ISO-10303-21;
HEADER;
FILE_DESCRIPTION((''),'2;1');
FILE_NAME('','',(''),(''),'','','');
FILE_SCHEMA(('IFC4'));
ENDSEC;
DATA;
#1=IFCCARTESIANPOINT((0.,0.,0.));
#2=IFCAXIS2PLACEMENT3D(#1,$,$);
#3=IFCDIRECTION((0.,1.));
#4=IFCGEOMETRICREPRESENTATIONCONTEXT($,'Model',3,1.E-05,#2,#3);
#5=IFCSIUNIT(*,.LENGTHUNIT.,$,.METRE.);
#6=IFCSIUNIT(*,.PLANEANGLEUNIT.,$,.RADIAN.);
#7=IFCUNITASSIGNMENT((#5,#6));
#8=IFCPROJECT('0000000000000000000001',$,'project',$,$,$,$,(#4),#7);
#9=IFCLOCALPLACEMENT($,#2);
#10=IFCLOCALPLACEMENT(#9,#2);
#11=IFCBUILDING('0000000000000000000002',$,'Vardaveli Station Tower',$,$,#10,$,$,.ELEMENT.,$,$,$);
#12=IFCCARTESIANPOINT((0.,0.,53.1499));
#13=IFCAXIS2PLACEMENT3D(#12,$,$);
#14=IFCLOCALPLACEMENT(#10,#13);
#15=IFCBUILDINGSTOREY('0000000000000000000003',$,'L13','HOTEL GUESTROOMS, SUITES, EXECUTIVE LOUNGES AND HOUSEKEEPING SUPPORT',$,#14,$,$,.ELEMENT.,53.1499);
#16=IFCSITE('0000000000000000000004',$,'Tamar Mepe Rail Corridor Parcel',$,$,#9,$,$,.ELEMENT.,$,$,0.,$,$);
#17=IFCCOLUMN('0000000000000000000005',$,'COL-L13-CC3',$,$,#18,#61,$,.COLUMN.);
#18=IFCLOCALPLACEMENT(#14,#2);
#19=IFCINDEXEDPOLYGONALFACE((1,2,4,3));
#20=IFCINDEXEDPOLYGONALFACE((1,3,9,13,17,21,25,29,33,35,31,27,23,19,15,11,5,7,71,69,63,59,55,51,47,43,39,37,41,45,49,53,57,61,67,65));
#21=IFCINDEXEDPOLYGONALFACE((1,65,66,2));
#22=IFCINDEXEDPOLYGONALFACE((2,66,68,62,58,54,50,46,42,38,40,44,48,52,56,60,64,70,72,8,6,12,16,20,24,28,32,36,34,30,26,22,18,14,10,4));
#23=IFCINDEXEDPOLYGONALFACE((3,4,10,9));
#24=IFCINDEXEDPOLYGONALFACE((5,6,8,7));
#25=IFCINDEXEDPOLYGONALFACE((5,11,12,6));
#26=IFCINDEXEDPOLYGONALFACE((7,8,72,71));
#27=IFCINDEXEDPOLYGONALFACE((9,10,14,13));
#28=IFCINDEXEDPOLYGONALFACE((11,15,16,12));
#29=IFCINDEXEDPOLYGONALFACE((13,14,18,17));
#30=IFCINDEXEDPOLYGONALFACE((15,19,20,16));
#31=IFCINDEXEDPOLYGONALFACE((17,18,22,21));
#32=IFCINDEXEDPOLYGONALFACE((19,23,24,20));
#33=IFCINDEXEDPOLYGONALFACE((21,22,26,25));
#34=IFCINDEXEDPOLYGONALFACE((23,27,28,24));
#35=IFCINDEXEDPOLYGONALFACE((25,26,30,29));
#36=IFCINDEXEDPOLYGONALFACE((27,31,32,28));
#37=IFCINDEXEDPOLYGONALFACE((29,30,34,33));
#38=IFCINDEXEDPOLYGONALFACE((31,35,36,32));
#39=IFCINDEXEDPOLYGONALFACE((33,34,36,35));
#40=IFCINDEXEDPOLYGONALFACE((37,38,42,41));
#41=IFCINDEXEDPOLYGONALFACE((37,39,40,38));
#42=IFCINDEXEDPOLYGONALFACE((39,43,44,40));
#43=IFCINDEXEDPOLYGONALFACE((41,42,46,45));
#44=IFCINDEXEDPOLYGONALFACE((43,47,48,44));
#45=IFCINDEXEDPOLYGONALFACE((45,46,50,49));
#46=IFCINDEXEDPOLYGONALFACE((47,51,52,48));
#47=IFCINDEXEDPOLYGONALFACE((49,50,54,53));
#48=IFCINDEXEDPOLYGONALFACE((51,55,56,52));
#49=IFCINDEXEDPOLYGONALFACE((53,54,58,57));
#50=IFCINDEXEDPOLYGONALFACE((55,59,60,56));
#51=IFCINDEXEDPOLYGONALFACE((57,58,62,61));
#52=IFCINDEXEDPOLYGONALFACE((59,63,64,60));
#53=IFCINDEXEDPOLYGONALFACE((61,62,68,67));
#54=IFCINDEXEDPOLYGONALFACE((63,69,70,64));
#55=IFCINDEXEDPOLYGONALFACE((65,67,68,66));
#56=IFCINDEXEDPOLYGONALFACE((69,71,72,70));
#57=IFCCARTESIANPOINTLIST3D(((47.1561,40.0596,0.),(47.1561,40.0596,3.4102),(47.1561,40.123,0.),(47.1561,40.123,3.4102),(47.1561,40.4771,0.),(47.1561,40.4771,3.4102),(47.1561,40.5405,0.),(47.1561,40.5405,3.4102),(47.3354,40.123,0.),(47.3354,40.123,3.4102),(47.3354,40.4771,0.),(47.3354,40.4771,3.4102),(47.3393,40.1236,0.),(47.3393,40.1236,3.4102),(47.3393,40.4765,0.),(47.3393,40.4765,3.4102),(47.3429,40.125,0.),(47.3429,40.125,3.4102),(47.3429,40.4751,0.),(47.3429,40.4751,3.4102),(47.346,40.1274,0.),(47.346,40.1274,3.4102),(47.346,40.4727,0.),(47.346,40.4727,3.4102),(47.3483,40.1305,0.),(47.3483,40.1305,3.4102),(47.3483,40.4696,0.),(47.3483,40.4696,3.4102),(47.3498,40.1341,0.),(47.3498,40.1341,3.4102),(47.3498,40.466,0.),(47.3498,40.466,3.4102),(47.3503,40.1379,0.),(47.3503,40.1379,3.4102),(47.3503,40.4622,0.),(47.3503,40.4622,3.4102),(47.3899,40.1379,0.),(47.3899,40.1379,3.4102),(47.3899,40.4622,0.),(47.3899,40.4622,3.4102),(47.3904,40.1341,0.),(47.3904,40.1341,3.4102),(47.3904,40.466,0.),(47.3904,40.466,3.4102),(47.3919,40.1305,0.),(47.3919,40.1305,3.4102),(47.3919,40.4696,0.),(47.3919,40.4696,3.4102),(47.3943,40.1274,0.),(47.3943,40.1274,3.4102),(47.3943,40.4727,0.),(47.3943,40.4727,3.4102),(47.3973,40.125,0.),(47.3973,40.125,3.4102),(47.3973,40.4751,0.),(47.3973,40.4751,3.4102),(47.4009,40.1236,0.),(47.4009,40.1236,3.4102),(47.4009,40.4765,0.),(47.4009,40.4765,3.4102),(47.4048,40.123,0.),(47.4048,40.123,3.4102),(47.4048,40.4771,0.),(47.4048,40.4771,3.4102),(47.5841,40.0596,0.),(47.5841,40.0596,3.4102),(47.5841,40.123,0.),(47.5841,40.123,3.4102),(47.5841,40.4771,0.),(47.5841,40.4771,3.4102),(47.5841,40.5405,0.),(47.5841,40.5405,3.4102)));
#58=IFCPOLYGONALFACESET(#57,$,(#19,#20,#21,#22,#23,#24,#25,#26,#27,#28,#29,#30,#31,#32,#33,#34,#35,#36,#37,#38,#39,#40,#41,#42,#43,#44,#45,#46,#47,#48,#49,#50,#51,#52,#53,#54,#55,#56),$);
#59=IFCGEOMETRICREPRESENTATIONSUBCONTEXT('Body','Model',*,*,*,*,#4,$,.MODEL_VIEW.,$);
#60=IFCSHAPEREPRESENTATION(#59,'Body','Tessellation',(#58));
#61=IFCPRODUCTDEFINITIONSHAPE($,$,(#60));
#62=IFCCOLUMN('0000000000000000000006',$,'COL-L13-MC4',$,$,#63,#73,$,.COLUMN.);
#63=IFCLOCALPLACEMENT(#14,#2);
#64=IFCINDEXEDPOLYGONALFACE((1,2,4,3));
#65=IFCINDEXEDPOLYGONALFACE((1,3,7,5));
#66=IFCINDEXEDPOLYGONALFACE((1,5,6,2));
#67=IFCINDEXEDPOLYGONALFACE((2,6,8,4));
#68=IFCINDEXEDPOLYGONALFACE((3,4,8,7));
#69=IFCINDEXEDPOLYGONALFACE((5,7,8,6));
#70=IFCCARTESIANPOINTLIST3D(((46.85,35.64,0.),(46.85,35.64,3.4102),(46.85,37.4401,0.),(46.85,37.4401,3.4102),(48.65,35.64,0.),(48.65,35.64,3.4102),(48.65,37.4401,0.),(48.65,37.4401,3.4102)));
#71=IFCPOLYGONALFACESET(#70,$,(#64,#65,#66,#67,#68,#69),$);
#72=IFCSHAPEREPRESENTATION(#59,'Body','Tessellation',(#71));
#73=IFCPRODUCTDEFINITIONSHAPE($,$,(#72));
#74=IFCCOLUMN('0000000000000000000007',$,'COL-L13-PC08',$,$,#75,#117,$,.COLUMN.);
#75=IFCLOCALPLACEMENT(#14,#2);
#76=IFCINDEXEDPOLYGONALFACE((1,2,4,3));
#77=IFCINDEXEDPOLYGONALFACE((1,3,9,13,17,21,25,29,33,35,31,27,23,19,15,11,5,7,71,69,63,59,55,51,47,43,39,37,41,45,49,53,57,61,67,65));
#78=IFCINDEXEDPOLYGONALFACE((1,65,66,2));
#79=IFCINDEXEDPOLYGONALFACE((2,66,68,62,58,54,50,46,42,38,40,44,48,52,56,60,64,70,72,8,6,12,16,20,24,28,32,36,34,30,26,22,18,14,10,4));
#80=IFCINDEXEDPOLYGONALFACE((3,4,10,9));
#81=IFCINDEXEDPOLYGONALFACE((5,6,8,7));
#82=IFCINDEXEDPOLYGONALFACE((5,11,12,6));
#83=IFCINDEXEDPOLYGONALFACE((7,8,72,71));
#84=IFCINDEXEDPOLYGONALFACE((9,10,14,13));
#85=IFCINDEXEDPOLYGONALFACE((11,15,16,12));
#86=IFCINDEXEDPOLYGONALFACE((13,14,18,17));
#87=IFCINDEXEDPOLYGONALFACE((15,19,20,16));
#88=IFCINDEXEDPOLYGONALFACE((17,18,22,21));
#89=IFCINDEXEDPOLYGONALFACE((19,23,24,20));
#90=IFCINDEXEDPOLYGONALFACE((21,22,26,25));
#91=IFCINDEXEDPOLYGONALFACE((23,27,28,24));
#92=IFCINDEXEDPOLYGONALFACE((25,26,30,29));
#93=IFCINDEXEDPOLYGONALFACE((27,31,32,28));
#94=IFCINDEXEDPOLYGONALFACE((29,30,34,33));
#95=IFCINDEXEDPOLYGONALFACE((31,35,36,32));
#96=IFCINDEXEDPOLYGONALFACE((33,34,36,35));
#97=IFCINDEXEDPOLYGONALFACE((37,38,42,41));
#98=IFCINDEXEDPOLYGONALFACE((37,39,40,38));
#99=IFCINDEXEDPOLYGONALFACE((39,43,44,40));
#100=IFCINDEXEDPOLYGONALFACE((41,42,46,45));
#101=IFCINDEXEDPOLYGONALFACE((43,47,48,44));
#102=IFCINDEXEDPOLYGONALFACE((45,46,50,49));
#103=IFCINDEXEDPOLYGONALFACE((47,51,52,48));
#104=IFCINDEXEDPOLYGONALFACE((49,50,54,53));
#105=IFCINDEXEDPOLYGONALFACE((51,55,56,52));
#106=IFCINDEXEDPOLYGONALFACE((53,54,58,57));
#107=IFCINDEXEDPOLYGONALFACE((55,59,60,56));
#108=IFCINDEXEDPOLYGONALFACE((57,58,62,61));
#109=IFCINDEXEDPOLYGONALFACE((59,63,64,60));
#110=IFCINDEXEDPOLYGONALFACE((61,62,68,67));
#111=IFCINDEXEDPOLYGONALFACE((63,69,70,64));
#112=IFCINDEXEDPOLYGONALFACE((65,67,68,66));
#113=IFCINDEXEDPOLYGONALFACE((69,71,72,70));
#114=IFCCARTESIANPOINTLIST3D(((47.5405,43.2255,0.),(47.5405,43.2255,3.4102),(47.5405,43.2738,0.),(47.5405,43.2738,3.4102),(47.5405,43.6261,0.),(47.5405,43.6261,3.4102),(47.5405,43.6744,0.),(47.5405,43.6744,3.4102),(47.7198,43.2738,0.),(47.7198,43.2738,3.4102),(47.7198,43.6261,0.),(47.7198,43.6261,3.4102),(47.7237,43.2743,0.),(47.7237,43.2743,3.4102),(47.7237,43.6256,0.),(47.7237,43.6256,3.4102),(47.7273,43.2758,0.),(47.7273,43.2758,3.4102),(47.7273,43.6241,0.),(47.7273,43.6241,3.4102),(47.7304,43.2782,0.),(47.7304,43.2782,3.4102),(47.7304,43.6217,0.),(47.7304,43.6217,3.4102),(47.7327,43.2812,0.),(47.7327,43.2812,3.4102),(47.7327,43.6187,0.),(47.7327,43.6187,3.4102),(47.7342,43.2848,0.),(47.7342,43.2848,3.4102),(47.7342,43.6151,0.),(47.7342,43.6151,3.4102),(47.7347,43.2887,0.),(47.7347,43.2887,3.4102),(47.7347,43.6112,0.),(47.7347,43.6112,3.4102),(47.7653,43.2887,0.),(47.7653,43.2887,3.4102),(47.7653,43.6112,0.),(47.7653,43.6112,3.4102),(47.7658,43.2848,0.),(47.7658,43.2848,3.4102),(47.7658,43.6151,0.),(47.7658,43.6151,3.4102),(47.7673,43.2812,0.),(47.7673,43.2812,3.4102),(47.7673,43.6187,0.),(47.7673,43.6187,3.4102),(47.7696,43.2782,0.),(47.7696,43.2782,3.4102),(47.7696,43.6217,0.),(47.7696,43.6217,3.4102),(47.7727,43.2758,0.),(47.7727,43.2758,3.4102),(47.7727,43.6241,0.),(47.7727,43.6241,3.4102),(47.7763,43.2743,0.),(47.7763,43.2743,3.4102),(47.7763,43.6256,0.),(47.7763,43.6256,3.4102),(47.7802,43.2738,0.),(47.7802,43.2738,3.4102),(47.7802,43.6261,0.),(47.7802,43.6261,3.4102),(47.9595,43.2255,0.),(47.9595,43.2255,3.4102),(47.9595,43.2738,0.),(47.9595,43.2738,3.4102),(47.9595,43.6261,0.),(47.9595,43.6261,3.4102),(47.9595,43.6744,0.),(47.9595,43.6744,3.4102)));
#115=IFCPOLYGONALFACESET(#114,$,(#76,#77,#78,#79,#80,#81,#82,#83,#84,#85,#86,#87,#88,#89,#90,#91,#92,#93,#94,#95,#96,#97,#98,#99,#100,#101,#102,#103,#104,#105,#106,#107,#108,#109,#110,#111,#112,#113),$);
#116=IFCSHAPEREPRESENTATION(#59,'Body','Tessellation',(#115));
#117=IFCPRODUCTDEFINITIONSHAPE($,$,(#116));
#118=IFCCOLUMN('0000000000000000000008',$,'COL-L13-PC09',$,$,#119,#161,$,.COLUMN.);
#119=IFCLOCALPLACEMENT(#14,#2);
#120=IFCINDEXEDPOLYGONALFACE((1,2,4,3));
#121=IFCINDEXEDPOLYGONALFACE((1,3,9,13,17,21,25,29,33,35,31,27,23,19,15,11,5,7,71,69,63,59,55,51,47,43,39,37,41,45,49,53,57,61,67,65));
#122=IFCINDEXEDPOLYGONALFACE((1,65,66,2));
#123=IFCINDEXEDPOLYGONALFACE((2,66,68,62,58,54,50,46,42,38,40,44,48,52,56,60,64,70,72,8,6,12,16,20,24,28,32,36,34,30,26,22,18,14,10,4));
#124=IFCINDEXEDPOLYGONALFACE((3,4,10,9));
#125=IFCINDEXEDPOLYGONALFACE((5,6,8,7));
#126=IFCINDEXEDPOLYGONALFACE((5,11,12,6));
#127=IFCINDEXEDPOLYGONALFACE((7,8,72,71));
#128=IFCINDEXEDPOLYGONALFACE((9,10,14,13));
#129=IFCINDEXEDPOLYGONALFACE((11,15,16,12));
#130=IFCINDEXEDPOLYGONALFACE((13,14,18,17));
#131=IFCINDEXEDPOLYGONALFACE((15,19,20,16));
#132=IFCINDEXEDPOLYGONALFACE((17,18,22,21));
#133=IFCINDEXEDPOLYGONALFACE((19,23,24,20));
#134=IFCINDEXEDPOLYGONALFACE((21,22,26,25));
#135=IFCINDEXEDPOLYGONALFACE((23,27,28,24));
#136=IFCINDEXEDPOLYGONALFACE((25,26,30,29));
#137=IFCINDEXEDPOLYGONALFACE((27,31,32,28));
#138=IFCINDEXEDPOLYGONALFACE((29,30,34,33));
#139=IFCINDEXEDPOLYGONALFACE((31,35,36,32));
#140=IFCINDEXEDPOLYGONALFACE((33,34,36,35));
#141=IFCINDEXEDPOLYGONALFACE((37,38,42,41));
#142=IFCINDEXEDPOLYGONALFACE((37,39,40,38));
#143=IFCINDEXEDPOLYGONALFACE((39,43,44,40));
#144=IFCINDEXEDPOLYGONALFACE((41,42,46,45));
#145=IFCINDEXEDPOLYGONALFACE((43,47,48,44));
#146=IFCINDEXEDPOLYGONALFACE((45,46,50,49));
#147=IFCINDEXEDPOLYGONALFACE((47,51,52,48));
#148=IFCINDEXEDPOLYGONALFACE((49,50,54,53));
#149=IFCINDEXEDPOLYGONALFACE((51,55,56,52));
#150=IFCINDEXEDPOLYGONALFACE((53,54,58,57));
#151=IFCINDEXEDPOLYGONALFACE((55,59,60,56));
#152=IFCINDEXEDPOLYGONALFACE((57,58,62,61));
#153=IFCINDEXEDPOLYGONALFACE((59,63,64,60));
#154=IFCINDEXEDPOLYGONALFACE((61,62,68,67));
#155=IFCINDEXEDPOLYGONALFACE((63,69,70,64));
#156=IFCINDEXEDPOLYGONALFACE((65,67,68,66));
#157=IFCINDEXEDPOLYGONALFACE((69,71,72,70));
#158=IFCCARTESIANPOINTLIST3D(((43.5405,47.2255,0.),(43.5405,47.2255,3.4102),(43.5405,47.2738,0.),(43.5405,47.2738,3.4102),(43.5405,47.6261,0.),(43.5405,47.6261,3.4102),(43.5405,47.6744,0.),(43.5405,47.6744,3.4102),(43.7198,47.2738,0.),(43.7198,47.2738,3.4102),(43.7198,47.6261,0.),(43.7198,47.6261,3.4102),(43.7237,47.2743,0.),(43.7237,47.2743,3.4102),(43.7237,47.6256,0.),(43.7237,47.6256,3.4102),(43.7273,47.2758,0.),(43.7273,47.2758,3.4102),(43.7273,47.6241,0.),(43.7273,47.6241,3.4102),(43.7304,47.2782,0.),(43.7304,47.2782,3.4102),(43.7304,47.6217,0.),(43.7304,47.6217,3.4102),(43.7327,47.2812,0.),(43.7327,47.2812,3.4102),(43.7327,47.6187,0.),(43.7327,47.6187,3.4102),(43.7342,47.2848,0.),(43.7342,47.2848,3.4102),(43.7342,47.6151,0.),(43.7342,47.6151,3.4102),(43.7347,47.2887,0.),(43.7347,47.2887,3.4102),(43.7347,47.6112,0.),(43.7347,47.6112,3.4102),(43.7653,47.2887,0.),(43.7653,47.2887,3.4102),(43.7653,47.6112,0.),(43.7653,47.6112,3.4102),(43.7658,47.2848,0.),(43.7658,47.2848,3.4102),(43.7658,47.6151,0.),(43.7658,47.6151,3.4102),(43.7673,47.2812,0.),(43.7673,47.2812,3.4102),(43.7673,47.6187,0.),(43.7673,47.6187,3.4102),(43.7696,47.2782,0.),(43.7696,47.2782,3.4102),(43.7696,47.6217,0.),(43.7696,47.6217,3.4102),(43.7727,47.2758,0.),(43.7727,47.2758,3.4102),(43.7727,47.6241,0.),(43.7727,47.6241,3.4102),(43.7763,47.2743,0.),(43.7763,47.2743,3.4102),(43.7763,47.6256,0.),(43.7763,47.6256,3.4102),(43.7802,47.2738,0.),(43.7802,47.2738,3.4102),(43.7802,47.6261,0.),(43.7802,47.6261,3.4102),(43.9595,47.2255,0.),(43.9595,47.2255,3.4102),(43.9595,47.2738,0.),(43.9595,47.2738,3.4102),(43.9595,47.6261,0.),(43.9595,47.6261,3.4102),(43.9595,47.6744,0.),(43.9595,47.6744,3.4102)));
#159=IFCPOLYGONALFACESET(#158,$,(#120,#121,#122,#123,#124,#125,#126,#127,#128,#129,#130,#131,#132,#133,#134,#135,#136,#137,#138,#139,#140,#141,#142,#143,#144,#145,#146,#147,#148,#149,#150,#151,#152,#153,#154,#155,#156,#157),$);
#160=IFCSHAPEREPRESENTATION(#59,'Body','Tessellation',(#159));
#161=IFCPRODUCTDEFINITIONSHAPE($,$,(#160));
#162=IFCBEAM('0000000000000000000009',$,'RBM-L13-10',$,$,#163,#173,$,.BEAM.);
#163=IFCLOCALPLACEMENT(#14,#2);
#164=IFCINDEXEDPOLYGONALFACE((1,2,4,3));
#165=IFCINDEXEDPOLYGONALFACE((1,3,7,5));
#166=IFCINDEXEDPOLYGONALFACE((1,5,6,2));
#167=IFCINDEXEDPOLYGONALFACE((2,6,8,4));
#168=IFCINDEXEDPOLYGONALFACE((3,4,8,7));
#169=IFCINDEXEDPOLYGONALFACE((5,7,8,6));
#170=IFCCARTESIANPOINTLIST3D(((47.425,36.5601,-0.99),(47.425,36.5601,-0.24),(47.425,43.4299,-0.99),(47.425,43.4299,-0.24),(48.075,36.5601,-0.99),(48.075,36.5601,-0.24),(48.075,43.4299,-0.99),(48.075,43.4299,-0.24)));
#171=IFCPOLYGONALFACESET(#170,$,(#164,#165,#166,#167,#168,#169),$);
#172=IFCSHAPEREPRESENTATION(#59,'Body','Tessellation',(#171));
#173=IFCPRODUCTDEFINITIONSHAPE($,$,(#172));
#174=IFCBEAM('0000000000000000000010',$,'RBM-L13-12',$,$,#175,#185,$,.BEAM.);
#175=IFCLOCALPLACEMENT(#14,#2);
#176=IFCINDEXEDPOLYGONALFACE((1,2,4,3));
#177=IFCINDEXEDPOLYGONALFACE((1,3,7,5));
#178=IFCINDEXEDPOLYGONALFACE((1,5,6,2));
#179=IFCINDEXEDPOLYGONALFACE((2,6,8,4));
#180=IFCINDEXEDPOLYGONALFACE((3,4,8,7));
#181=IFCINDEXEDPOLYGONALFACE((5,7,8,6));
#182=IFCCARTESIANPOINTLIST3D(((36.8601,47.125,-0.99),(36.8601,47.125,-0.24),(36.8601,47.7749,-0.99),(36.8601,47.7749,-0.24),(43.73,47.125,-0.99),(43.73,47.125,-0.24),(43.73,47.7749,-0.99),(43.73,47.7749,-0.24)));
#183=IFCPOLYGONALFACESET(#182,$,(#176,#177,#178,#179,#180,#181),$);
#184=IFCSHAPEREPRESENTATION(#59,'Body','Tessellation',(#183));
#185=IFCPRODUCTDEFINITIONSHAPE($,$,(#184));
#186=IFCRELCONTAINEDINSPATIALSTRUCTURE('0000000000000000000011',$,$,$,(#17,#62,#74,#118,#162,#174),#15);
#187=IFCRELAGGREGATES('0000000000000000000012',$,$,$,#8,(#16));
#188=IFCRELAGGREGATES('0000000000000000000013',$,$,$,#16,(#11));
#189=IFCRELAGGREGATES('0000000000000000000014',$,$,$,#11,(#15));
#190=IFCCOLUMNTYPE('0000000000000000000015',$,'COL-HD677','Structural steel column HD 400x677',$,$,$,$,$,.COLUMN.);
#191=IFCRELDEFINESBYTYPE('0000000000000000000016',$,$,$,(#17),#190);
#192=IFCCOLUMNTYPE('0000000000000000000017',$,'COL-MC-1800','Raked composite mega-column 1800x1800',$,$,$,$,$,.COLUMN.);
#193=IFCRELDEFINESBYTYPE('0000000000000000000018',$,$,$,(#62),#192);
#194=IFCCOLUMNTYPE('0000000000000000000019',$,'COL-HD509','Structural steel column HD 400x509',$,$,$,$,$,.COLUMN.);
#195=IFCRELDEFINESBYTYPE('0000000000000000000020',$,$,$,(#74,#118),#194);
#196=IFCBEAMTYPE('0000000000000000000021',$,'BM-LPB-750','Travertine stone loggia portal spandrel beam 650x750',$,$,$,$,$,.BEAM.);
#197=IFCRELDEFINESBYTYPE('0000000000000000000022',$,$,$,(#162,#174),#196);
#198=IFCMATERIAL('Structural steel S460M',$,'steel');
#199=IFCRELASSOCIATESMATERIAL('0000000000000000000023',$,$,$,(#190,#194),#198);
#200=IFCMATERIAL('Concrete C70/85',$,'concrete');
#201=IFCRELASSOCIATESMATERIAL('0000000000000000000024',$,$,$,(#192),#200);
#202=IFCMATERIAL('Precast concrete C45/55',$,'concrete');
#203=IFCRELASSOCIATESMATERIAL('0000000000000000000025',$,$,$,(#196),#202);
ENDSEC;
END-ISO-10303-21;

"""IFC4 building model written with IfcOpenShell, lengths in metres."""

from ifc_helpers import new_model, si_unit, direction, frame, origin, origin_2d, place, context, subcontext, project, spatial, rectangle, i_section, extrude, source, transform, mapped, material, material_profile, profile_set, type_object, element, save


model = new_model("IFC4")

# Units and contexts
model_context = context("Model", 3, precision=1e-05, world=origin(), true_north=direction((0.0, 1.0)))
body_context = subcontext(model_context, "Body", "Model", "MODEL_VIEW")
ifc_project = project(units=[si_unit("LENGTHUNIT", "METRE"), si_unit("PLANEANGLEUNIT", "RADIAN")], contexts=[model_context])

# Site, building, storey
site_placement = place(None, origin())
site = spatial("IfcSite", under=ifc_project, at=site_placement, Name="Tamar Mepe Rail Corridor Parcel", CompositionType="ELEMENT", RefElevation=0.0)
building_placement = place(site_placement, origin())
building = spatial("IfcBuilding", under=site, at=building_placement, Name="Vardaveli Station Tower", CompositionType="ELEMENT")
storey_placement = place(building_placement, frame((0.0, 0.0, 53.1499)))
storey = spatial("IfcBuildingStorey", under=building, at=storey_placement, Name="L13", Description="HOTEL GUESTROOMS, SUITES, EXECUTIVE LOUNGES AND HOUSEKEEPING SUPPORT", CompositionType="ELEMENT", Elevation=53.1499)

# Columns
ifc_material_1 = material(Name="Structural steel S460M", Category="steel")
ifc_material_profile_1 = material_profile(ifc_material_1, i_section(OverallWidth=0.428, OverallDepth=0.481, WebThickness=0.0396, FlangeThickness=0.0635, FilletRadius=0.0149, at=origin_2d()), Name="HD 400x677")
ifc_profile_set_1 = profile_set([ifc_material_profile_1], Name="Structural steel S460M")
column_type_1 = type_object("IfcColumnType", Name="COL-HD677", Description="Structural steel column HD 400x677", PredefinedType="COLUMN", material=ifc_profile_set_1)
shared_shape_1 = source(origin(), body_context, "Body", "SweptSolid", [
    extrude(i_section(OverallWidth=0.428, OverallDepth=0.481, WebThickness=0.0396, FlangeThickness=0.0635, FilletRadius=0.0149, at=origin_2d()), origin(), (0.0, 0.0, 1.0), 3.4102),
])
column_1_placement = place(storey_placement, frame((47.3701, 40.3, 0.0), z_axis=(0.0, 0.0, 1.0), x_axis=(1.0, 0.0, 0.0)))
element("IfcColumn", 1, at=column_1_placement, inside=storey, type_object=column_type_1, Name="COL-L13-CC3", PredefinedType="COLUMN", context=body_context, shape_type="MappedRepresentation", body=[
    mapped(shared_shape_1, transform((0.0, 0.0, 0.0), scale=1.0)),
])
ifc_material_2 = material(Name="Concrete C70/85", Category="concrete")
ifc_material_profile_2 = material_profile(ifc_material_2, rectangle(XDim=1.8, YDim=1.8, at=origin_2d()), Name="MC 1800x1800")
ifc_profile_set_2 = profile_set([ifc_material_profile_2], Name="Concrete C70/85")
column_type_2 = type_object("IfcColumnType", Name="COL-MC-1800", Description="Raked composite mega-column 1800x1800", PredefinedType="COLUMN", material=ifc_profile_set_2)
shared_shape_2 = source(origin(), body_context, "Body", "SweptSolid", [
    extrude(rectangle(XDim=1.8, YDim=1.8, at=origin_2d()), origin(), (0.0, 0.0, 1.0), 3.4102),
])
column_2_placement = place(storey_placement, frame((47.75, 36.54, 0.0), z_axis=(0.0, 0.0, 1.0), x_axis=(1.0, 0.0, 0.0)))
element("IfcColumn", 2, at=column_2_placement, inside=storey, type_object=column_type_2, Name="COL-L13-MC4", PredefinedType="COLUMN", context=body_context, shape_type="MappedRepresentation", body=[
    mapped(shared_shape_2, transform((0.0, 0.0, 0.0), scale=1.0)),
])
ifc_material_profile_3 = material_profile(ifc_material_1, i_section(OverallWidth=0.4189, OverallDepth=0.449, WebThickness=0.0305, FlangeThickness=0.0483, FilletRadius=0.0149, at=origin_2d()), Name="HD 400x509")
ifc_profile_set_3 = profile_set([ifc_material_profile_3], Name="Structural steel S460M")
column_type_3 = type_object("IfcColumnType", Name="COL-HD509", Description="Structural steel column HD 400x509", PredefinedType="COLUMN", material=ifc_profile_set_3)
shared_shape_3 = source(origin(), body_context, "Body", "SweptSolid", [
    extrude(i_section(OverallWidth=0.4189, OverallDepth=0.449, WebThickness=0.0305, FlangeThickness=0.0483, FilletRadius=0.0149, at=origin_2d()), origin(), (0.0, 0.0, 1.0), 3.4102),
])
for number, where, z_axis, x_axis, name in (
    (3, (47.75, 43.45, 0.0), (0.0, 0.0, 1.0), (1.0, 0.0, 0.0), "COL-L13-PC08"),
    (4, (43.75, 47.45, 0.0), (0.0, 0.0, 1.0), (1.0, 0.0, 0.0), "COL-L13-PC09"),
):
    element("IfcColumn", number, at=place(storey_placement, frame(where, z_axis=z_axis, x_axis=x_axis)), inside=storey, type_object=column_type_3, Name=name, PredefinedType="COLUMN", context=body_context, shape_type="MappedRepresentation", body=[
        mapped(shared_shape_3, transform((0.0, 0.0, 0.0), scale=1.0)),
    ])

# Beams
ifc_material_3 = material(Name="Precast concrete C45/55", Category="concrete")
ifc_material_profile_4 = material_profile(ifc_material_3, rectangle(XDim=0.6499, YDim=0.75, at=origin_2d()), Name="LPB 650x750")
ifc_profile_set_4 = profile_set([ifc_material_profile_4], Name="Precast concrete C45/55")
beam_type = type_object("IfcBeamType", Name="BM-LPB-750", Description="Travertine stone loggia portal spandrel beam 650x750", PredefinedType="BEAM", material=ifc_profile_set_4)
shared_shape_4 = source(origin(), body_context, "Body", "SweptSolid", [
    extrude(rectangle(XDim=0.6499, YDim=0.75, at=origin_2d()), origin(), (0.0, 0.0, 1.0), 6.8699),
])
for number, where, z_axis, x_axis, name in (
    (5, (47.75, 36.5601, -0.615), (0.0, 1.0, 0.0), (-1.0, 0.0, 0.0), "RBM-L13-10"),
    (6, (43.73, 47.45, -0.615), (-1.0, 0.0, 0.0), (0.0, -1.0, 0.0), "RBM-L13-12"),
):
    element("IfcBeam", number, at=place(storey_placement, frame(where, z_axis=z_axis, x_axis=x_axis)), inside=storey, type_object=beam_type, Name=name, PredefinedType="BEAM", context=body_context, shape_type="MappedRepresentation", body=[
        mapped(shared_shape_4, transform((0.0, 0.0, 0.0), scale=1.0)),
    ])

save(model, "model.ifc")
